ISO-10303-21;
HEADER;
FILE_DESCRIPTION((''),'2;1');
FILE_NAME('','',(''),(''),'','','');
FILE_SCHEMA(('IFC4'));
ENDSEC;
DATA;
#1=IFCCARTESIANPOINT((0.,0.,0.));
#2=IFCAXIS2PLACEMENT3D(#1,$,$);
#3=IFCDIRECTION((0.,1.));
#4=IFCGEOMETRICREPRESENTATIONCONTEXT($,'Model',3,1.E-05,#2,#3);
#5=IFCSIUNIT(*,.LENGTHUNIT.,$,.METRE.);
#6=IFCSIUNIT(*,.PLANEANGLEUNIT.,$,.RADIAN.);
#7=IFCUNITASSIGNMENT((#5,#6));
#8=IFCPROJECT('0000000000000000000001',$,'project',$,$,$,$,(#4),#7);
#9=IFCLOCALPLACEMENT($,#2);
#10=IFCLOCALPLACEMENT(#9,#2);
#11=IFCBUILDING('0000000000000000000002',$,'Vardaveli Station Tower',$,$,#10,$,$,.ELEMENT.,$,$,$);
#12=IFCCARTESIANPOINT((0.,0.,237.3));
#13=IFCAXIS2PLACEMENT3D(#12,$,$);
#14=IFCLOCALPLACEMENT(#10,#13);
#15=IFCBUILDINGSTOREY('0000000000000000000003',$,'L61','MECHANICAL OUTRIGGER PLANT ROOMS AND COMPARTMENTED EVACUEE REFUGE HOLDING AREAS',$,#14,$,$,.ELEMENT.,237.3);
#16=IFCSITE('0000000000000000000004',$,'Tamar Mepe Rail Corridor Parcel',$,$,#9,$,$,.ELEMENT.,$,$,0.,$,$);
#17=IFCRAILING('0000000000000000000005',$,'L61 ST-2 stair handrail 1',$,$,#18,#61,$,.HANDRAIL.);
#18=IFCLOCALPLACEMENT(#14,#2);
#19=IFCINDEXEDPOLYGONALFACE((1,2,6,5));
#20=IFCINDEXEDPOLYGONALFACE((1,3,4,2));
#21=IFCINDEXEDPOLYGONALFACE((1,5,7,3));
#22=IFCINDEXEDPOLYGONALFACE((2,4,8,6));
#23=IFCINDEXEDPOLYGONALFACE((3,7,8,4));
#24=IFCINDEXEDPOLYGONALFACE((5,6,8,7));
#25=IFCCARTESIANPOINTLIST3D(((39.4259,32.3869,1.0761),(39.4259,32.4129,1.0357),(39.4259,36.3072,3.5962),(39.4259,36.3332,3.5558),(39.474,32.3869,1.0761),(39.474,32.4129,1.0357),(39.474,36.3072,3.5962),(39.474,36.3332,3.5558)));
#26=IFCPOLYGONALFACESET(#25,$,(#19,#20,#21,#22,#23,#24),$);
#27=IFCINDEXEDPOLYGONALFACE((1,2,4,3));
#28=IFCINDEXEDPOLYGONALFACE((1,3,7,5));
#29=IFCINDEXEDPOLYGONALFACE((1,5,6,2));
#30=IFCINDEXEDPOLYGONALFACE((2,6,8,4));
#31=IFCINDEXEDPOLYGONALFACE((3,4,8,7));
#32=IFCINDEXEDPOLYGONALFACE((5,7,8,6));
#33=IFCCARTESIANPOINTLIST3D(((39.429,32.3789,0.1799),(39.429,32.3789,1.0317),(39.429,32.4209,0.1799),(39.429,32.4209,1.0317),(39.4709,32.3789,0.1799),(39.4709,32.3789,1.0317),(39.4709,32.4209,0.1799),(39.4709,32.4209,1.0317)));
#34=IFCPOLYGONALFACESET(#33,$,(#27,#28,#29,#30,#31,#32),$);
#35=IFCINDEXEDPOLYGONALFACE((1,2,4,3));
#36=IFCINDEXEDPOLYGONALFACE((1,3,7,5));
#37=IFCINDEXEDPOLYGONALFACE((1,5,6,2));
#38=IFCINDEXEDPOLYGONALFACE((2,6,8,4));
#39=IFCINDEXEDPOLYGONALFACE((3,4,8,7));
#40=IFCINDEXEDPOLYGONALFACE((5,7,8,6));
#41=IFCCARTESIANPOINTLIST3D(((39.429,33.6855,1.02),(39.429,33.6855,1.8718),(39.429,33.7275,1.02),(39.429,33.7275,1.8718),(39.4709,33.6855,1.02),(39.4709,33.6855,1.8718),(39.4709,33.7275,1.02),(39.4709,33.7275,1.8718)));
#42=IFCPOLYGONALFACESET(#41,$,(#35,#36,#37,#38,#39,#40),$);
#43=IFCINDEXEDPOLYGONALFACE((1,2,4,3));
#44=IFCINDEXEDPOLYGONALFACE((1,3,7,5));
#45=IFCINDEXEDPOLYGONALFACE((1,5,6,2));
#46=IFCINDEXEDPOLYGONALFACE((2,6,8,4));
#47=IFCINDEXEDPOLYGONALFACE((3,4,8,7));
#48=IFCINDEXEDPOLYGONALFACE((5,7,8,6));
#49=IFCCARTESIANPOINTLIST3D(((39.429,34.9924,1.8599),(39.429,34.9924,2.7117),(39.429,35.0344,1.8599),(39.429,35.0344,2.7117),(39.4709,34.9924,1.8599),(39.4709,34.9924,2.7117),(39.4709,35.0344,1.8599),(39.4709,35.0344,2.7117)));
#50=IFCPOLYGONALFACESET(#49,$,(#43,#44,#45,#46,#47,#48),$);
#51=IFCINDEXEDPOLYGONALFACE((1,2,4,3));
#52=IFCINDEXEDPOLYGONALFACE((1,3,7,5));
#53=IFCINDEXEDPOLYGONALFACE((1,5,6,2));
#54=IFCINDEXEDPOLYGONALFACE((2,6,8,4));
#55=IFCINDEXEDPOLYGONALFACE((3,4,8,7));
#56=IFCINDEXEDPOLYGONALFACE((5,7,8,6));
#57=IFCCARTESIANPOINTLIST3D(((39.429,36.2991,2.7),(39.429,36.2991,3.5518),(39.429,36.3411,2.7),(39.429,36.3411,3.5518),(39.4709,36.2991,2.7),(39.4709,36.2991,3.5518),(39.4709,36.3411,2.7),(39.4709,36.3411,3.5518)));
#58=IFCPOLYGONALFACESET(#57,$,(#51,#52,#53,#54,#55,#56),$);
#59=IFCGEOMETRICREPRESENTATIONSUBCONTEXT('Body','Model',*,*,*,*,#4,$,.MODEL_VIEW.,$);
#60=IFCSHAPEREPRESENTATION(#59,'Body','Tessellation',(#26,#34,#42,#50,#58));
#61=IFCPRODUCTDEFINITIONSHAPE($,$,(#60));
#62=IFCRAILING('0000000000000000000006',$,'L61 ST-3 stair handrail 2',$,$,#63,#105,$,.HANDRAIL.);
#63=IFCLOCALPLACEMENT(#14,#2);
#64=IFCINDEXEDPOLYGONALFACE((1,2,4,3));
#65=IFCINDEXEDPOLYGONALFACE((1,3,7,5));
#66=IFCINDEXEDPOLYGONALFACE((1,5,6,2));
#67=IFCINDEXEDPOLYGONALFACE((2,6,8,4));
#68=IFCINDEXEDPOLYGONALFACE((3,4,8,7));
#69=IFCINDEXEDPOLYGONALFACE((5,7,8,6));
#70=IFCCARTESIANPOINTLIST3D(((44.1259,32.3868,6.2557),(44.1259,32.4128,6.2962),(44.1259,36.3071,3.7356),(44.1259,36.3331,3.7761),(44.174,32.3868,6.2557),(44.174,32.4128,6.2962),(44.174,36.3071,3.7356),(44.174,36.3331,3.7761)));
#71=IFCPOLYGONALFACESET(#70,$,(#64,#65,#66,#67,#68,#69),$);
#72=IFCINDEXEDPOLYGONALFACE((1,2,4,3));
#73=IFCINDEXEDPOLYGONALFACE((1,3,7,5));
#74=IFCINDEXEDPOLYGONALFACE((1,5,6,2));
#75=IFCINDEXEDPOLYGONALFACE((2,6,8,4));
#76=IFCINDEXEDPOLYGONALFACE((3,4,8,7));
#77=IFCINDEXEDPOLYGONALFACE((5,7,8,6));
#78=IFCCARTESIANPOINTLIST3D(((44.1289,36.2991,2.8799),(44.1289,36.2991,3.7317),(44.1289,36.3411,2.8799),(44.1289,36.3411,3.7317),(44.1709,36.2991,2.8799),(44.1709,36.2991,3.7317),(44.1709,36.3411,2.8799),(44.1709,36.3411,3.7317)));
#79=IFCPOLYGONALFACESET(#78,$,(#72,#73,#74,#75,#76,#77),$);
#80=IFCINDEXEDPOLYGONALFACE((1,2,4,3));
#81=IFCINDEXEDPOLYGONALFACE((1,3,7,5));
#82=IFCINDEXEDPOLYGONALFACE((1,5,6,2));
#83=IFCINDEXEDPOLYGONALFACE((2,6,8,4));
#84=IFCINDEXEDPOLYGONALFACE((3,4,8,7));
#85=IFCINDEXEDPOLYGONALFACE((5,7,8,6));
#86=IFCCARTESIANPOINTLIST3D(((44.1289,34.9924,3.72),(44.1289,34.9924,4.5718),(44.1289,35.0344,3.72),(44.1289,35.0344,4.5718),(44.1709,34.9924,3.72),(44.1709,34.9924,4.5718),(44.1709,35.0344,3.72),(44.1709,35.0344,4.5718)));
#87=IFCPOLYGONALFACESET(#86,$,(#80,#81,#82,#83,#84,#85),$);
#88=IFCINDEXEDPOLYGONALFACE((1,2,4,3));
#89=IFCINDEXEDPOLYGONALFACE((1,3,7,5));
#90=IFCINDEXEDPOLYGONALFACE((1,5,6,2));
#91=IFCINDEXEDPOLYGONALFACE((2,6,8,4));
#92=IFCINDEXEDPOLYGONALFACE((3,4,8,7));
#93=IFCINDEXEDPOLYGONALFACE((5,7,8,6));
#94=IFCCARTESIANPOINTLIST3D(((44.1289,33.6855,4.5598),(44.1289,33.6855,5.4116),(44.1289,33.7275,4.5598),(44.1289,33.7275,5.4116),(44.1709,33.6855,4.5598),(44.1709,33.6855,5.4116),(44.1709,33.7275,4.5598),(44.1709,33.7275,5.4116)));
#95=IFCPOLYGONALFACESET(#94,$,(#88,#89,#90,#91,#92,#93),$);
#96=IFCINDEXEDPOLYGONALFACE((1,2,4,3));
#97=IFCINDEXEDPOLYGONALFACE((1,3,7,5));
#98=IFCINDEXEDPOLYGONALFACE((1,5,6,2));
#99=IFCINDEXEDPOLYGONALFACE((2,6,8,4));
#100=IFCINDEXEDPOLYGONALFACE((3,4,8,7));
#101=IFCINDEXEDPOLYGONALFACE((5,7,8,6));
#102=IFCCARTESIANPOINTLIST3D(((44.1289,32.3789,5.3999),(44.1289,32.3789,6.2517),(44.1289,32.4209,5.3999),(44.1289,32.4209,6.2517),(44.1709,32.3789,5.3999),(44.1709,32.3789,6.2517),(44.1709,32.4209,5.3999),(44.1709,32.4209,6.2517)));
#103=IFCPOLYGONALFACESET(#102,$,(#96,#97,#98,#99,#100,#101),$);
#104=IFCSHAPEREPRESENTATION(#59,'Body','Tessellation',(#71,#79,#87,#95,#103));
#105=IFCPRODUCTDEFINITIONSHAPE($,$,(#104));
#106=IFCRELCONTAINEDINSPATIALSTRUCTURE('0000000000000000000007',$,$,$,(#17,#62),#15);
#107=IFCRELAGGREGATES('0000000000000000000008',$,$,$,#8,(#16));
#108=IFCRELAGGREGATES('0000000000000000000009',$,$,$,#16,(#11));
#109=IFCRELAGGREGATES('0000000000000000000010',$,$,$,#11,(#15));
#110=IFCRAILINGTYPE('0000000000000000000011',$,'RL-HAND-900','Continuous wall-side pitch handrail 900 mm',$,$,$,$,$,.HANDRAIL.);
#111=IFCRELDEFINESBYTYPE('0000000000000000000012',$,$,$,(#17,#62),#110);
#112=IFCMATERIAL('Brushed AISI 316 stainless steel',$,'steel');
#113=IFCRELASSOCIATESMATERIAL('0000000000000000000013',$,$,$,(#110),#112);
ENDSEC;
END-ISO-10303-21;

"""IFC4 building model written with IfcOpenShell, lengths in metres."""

from ifc_helpers import new_model, si_unit, direction, frame, origin, origin_2d, place, context, subcontext, project, spatial, rectangle, extrude, source, transform, mapped, material, type_object, element, save


model = new_model("IFC4")

# Units and contexts
model_context = context("Model", 3, precision=1e-05, world=origin(), true_north=direction((0.0, 1.0)))
body_context = subcontext(model_context, "Body", "Model", "MODEL_VIEW")
ifc_project = project(units=[si_unit("LENGTHUNIT", "METRE"), si_unit("PLANEANGLEUNIT", "RADIAN")], contexts=[model_context])

# Site, building, storey
site_placement = place(None, origin())
site = spatial("IfcSite", under=ifc_project, at=site_placement, Name="Tamar Mepe Rail Corridor Parcel", CompositionType="ELEMENT", RefElevation=0.0)
building_placement = place(site_placement, origin())
building = spatial("IfcBuilding", under=site, at=building_placement, Name="Vardaveli Station Tower", CompositionType="ELEMENT")
storey_placement = place(building_placement, frame((0.0, 0.0, 237.3)))
storey = spatial("IfcBuildingStorey", under=building, at=storey_placement, Name="L61", Description="MECHANICAL OUTRIGGER PLANT ROOMS AND COMPARTMENTED EVACUEE REFUGE HOLDING AREAS", CompositionType="ELEMENT", Elevation=237.3)

# Railings
ifc_material_1 = material(Name="Brushed AISI 316 stainless steel", Category="steel")
railing_type_1 = type_object("IfcRailingType", Name="RL-HAND-900", Description="Continuous wall-side pitch handrail 900 mm", PredefinedType="HANDRAIL", material=ifc_material_1)
shared_shape_1 = source(origin(), body_context, "Body", "SweptSolid", [
    extrude(rectangle(XDim=0.0481, YDim=0.0481, at=origin_2d()), frame((0.0, 0.0, 0.876), z_axis=(0.0, 0.841187, 0.540744), x_axis=(-1.0, 0.0, 0.0)), (0.0, 0.0, 1.0), 4.6604),
    extrude(rectangle(XDim=0.042, YDim=0.042, at=origin_2d()), origin(), (0.0, 0.0, 1.0), 0.8518),
    extrude(rectangle(XDim=0.042, YDim=0.042, at=origin_2d()), frame((0.0, 1.3066, 0.8401)), (0.0, 0.0, 1.0), 0.8518),
    extrude(rectangle(XDim=0.042, YDim=0.042, at=origin_2d()), frame((0.0, 2.6135, 1.6799)), (0.0, 0.0, 1.0), 0.8518),
    extrude(rectangle(XDim=0.042, YDim=0.042, at=origin_2d()), frame((0.0, 3.9202, 2.52)), (0.0, 0.0, 1.0), 0.8518),
])
railing_1_placement = place(storey_placement, frame((39.45, 32.3999, 0.1799)))
element("IfcRailing", 1, at=railing_1_placement, inside=storey, type_object=railing_type_1, Name="L61 ST-2 stair handrail 1", PredefinedType="HANDRAIL", context=body_context, shape_type="MappedRepresentation", body=[
    mapped(shared_shape_1, transform((0.0, 0.0, 0.0), scale=1.0)),
])
shared_shape_2 = source(origin(), body_context, "Body", "SweptSolid", [
    extrude(rectangle(XDim=0.0481, YDim=0.0481, at=origin_2d()), frame((0.0, 0.0, 0.876), z_axis=(0.0, -0.841187, 0.540744), x_axis=(1.0, 0.0, 0.0)), (0.0, 0.0, 1.0), 4.6604),
    extrude(rectangle(XDim=0.042, YDim=0.042, at=origin_2d()), origin(), (0.0, 0.0, 1.0), 0.8518),
    extrude(rectangle(XDim=0.042, YDim=0.042, at=origin_2d()), frame((0.0, -1.3066, 0.8401)), (0.0, 0.0, 1.0), 0.8518),
    extrude(rectangle(XDim=0.042, YDim=0.042, at=origin_2d()), frame((0.0, -2.6135, 1.6799)), (0.0, 0.0, 1.0), 0.8518),
    extrude(rectangle(XDim=0.042, YDim=0.042, at=origin_2d()), frame((0.0, -3.9202, 2.52)), (0.0, 0.0, 1.0), 0.8518),
])
railing_2_placement = place(storey_placement, frame((44.1499, 36.3201, 2.8799)))
element("IfcRailing", 2, at=railing_2_placement, inside=storey, type_object=railing_type_1, Name="L61 ST-3 stair handrail 2", PredefinedType="HANDRAIL", context=body_context, shape_type="MappedRepresentation", body=[
    mapped(shared_shape_2, transform((0.0, 0.0, 0.0), scale=1.0)),
])

save(model, "model.ifc")
